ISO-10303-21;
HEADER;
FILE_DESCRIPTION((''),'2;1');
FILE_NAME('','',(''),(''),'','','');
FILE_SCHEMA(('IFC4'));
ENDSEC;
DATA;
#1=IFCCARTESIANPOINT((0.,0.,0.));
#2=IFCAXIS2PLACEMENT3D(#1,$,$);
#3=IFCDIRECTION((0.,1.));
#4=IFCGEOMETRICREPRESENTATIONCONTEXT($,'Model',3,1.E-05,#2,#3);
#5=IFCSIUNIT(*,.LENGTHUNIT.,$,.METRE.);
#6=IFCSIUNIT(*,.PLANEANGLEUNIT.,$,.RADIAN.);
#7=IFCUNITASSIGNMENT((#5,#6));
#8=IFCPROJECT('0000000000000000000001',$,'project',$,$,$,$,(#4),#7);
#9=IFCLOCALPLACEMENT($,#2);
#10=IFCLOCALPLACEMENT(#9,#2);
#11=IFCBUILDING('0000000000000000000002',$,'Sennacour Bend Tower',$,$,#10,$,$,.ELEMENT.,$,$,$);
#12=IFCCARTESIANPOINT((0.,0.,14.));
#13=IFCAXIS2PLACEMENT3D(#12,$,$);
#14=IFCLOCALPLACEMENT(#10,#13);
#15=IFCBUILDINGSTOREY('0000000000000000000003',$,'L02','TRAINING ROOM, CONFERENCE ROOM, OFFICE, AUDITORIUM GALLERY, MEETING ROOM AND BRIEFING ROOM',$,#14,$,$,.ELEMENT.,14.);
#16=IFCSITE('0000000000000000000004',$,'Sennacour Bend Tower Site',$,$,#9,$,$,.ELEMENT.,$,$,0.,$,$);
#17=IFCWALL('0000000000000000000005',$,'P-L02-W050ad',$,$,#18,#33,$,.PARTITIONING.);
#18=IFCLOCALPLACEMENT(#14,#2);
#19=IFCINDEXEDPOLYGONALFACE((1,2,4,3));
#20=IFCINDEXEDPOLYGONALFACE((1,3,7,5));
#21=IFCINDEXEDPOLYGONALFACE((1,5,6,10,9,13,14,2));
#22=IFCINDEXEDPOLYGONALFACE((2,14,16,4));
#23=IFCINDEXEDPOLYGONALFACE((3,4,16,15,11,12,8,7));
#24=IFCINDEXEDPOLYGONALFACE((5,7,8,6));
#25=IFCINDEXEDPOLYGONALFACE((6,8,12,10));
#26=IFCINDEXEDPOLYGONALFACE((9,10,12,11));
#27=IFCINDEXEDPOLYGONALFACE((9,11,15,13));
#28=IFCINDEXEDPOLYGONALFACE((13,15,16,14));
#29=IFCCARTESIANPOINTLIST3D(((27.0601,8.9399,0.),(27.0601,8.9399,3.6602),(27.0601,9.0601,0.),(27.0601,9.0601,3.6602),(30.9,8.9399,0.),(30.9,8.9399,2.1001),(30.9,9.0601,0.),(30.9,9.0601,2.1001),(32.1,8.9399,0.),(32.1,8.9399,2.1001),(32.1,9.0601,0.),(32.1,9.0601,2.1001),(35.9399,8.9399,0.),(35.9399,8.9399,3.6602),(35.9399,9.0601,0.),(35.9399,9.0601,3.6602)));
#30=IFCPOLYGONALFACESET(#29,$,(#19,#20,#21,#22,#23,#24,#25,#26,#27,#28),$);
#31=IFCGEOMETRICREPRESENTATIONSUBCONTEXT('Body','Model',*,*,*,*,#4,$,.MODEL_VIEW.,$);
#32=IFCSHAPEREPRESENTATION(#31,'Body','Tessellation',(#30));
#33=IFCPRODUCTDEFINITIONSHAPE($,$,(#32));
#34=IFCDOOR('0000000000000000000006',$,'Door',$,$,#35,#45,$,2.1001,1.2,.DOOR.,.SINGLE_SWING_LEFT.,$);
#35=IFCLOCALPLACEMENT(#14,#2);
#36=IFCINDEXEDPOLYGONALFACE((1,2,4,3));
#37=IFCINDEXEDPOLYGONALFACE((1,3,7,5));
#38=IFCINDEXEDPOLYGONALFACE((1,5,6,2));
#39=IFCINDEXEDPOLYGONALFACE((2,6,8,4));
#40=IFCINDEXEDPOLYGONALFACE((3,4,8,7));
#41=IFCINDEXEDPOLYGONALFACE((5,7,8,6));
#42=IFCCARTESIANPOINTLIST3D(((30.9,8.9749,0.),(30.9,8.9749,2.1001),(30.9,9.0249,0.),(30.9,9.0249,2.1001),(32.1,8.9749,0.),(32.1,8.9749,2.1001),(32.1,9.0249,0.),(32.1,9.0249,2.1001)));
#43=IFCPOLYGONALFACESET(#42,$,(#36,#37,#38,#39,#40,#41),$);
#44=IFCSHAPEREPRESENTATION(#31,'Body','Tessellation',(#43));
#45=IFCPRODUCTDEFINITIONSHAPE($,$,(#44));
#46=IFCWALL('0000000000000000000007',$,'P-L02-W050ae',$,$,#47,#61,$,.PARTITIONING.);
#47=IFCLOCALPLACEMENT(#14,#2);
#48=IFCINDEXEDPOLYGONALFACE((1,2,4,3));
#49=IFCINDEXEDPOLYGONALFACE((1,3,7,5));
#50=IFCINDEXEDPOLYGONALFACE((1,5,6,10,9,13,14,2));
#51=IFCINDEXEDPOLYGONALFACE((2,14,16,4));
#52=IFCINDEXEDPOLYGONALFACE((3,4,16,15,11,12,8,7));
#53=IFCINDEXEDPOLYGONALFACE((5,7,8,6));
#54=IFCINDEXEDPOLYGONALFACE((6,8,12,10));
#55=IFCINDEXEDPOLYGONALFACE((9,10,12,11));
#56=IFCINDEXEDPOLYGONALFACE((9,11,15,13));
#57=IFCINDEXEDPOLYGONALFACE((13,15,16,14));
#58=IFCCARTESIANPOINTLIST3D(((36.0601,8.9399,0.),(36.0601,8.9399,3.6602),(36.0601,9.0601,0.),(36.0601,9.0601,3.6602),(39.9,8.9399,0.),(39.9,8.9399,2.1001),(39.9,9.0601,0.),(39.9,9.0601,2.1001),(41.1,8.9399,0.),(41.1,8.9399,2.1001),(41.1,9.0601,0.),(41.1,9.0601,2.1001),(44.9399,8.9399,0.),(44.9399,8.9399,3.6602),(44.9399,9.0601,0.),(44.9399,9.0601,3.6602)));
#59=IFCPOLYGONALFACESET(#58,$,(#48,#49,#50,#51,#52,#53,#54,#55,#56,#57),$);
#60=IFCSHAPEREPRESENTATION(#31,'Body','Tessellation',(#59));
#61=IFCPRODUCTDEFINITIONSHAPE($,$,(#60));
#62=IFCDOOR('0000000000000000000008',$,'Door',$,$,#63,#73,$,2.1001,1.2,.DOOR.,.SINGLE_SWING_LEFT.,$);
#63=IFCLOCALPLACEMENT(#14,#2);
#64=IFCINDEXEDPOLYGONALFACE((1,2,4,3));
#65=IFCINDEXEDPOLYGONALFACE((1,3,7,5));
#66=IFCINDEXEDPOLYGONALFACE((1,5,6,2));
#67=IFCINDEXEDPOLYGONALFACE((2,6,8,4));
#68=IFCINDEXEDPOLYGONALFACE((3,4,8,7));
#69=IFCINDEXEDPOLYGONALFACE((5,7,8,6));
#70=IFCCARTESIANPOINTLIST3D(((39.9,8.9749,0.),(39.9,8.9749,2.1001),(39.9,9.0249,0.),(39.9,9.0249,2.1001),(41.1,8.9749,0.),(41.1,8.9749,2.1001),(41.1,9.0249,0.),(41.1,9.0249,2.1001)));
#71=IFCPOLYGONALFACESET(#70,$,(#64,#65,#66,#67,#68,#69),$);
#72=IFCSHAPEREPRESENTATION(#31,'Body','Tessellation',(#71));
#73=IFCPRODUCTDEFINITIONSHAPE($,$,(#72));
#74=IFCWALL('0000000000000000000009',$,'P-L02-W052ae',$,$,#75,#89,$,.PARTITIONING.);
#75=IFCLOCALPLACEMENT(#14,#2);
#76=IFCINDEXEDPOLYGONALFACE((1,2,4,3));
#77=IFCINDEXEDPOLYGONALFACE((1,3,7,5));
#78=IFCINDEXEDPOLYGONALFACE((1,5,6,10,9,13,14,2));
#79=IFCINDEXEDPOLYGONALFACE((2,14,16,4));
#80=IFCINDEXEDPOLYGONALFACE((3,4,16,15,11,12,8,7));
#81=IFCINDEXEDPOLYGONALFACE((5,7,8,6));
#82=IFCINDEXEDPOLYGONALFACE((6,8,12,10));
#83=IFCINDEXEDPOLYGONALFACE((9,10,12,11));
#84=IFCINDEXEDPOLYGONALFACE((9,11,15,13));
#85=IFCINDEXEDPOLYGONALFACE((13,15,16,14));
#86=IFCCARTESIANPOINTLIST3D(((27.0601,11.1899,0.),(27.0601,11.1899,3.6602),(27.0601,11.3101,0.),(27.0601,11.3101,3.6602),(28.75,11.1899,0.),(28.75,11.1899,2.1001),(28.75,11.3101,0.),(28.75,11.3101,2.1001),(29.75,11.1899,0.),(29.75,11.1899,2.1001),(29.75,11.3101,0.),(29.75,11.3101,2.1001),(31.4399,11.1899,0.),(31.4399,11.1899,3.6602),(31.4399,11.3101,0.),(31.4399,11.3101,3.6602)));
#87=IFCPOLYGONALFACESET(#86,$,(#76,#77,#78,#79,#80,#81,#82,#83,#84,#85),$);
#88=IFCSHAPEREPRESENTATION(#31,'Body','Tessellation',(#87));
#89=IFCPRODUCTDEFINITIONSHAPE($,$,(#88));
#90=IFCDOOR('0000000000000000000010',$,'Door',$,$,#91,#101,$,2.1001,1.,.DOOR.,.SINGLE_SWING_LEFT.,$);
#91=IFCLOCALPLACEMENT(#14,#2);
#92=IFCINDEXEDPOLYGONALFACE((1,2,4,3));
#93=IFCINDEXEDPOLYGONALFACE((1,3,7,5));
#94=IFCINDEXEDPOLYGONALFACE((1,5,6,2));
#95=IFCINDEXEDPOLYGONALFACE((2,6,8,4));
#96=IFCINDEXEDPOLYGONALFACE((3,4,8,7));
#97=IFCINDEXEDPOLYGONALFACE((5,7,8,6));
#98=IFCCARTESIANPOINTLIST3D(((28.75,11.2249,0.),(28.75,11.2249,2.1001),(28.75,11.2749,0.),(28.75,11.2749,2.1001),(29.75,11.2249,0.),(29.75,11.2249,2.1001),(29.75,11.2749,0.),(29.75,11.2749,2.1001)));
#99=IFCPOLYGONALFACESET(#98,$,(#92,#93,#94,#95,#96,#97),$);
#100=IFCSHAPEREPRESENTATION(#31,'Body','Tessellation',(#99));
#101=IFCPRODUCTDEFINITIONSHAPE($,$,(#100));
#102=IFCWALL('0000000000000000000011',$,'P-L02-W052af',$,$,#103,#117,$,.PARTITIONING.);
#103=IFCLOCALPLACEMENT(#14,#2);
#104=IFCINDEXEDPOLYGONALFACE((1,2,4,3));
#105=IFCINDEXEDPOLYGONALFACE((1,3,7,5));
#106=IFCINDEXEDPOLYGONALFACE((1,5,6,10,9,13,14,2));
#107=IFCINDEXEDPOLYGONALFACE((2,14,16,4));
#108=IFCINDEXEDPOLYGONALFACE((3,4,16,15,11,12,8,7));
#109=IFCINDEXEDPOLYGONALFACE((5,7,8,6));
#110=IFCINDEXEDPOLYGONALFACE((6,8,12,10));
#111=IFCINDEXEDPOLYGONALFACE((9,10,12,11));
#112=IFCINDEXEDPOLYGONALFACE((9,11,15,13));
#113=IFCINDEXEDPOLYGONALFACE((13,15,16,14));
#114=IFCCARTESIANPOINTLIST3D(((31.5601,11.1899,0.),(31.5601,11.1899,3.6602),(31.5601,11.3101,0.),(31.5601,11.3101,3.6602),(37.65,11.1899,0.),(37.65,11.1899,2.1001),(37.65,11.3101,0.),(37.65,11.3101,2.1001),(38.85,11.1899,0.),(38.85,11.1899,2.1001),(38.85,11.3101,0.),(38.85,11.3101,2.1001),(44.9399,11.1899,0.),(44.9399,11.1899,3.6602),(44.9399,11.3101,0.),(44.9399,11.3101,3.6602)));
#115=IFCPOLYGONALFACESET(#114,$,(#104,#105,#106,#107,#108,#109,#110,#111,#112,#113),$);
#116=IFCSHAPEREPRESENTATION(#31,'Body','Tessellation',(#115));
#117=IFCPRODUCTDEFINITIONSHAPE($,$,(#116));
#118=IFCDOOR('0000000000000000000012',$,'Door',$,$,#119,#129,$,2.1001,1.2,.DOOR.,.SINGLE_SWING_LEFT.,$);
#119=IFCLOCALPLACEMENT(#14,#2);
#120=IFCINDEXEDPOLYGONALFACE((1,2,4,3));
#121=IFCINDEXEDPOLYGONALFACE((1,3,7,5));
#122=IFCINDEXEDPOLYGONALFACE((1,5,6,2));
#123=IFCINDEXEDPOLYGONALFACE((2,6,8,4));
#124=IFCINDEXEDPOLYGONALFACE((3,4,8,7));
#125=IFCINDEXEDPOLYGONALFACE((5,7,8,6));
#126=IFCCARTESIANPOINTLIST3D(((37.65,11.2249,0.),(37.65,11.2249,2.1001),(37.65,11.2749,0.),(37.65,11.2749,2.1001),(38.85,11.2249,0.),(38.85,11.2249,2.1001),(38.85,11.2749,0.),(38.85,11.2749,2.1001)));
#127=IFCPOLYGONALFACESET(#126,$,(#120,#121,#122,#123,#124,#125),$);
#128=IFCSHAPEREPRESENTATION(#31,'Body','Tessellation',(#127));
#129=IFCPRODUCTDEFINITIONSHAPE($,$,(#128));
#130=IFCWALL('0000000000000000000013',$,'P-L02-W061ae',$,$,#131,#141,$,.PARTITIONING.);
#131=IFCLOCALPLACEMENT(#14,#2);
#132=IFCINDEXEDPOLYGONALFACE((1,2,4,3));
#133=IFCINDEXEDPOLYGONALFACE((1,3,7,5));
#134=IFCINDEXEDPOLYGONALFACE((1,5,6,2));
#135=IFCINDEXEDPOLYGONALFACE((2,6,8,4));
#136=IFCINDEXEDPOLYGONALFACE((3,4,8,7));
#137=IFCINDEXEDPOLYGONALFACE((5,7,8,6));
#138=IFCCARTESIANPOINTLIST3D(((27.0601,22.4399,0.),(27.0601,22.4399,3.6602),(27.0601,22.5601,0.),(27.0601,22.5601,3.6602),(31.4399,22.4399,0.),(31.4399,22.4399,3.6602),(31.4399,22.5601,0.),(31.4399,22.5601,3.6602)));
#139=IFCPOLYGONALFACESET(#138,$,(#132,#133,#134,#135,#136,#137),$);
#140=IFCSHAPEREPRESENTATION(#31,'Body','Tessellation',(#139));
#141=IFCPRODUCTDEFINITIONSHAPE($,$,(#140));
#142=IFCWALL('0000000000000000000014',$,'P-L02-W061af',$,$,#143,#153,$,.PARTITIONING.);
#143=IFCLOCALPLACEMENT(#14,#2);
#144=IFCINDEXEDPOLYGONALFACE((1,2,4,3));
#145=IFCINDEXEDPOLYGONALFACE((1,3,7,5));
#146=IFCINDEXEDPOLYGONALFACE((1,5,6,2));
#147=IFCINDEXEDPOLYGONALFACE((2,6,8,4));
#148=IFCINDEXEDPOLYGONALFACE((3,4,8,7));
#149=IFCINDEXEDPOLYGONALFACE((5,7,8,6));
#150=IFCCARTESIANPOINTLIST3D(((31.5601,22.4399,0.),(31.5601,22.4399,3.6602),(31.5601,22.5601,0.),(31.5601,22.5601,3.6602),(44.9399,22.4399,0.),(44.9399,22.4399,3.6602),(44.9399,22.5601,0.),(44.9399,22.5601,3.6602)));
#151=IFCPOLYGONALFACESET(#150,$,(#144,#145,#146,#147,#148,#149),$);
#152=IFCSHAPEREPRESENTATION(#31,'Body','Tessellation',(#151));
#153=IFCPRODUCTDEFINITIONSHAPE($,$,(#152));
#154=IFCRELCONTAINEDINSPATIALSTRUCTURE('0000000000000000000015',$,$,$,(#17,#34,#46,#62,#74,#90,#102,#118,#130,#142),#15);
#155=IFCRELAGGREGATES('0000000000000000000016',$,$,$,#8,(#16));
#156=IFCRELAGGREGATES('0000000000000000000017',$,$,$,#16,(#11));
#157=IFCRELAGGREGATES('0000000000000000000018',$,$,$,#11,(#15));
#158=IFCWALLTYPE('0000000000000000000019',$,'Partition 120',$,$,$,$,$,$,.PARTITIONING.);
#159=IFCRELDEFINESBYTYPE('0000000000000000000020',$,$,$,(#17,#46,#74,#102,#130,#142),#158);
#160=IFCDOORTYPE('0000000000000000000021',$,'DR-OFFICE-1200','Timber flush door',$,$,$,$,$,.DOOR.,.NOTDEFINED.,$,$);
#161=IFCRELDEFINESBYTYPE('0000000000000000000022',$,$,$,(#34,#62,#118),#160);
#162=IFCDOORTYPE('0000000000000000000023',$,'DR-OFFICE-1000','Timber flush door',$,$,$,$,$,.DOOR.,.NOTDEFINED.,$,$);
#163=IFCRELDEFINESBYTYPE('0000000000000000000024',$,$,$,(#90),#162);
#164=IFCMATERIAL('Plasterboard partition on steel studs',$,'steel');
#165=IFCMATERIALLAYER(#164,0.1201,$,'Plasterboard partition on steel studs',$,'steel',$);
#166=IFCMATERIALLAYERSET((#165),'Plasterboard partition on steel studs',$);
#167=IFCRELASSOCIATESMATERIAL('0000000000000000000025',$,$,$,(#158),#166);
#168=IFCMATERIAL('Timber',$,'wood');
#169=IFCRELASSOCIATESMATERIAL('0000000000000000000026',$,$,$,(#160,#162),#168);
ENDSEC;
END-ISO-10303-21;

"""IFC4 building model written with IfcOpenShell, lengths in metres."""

from ifc_helpers import new_model, si_unit, direction, frame, frame_2d, origin, place, context, subcontext, project, spatial, rectangle, extrude, material, layer, layer_set, type_object, element, fill, save


model = new_model("IFC4")

# Units and contexts
model_context = context("Model", 3, precision=1e-05, world=origin(), true_north=direction((0.0, 1.0)))
body_context = subcontext(model_context, "Body", "Model", "MODEL_VIEW")
ifc_project = project(units=[si_unit("LENGTHUNIT", "METRE"), si_unit("PLANEANGLEUNIT", "RADIAN")], contexts=[model_context])

# Site, building, storey
site_placement = place(None, origin())
site = spatial("IfcSite", under=ifc_project, at=site_placement, Name="Sennacour Bend Tower Site", CompositionType="ELEMENT", RefElevation=0.0)
building_placement = place(site_placement, origin())
building = spatial("IfcBuilding", under=site, at=building_placement, Name="Sennacour Bend Tower", CompositionType="ELEMENT")
storey_placement = place(building_placement, frame((0.0, 0.0, 14.0)))
storey = spatial("IfcBuildingStorey", under=building, at=storey_placement, Name="L02", Description="TRAINING ROOM, CONFERENCE ROOM, OFFICE, AUDITORIUM GALLERY, MEETING ROOM AND BRIEFING ROOM", CompositionType="ELEMENT", Elevation=14.0)

# Shared definitions
ifc_material_1 = material(Name="Plasterboard partition on steel studs", Category="steel")
ifc_layer = layer(ifc_material_1, 0.1201, Name="Plasterboard partition on steel studs", Category="steel")
ifc_layer_set = layer_set([ifc_layer], Name="Plasterboard partition on steel studs")
wall_type = type_object("IfcWallType", Name="Partition 120", PredefinedType="PARTITIONING", material=ifc_layer_set)

# Walls, openings, doors
wall_1_placement = place(storey_placement, frame((27.0601, 9.0, 0.0), z_axis=(0.0, 0.0, 1.0), x_axis=(1.0, 0.0, 0.0)))
wall_1 = element("IfcWall", 1, at=wall_1_placement, inside=storey, type_object=wall_type, Name="P-L02-W050ad", PredefinedType="PARTITIONING", context=body_context, shape_type="SweptSolid", body=[
    extrude(rectangle(XDim=8.8799, YDim=0.1201, at=frame_2d((4.4399, 0.0))), origin(), (0.0, 0.0, 1.0), 3.6602),
])
opening_1_placement = place(wall_1_placement, frame((3.8398, 0.0, 0.0)))
opening_1 = element("IfcOpeningElement", 2, at=opening_1_placement, cuts=wall_1, PredefinedType="OPENING", context=body_context, shape_type="SweptSolid", body=[
    extrude(rectangle(XDim=1.2, YDim=2.1001, at=frame_2d((0.6001, 1.05))), frame((0.0, 0.0701, 0.0), z_axis=(0.0, -1.0, 0.0), x_axis=(1.0, 0.0, 0.0)), (0.0, 0.0, 1.0), 0.1401),
])
ifc_material_2 = material(Name="Timber", Category="wood")
door_type_1 = type_object("IfcDoorType", Name="DR-OFFICE-1200", Description="Timber flush door", OperationType="NOTDEFINED", PredefinedType="DOOR", material=ifc_material_2)
door_1_placement = place(opening_1_placement, origin())
door_1 = element("IfcDoor", 3, at=door_1_placement, inside=storey, type_object=door_type_1, Name="Door", OperationType="SINGLE_SWING_LEFT", OverallHeight=2.1001, OverallWidth=1.2, PredefinedType="DOOR", context=body_context, shape_type="SweptSolid", body=[
    extrude(rectangle(XDim=1.2, YDim=2.1001, at=frame_2d((0.6001, 1.05))), frame((0.0, 0.0249, 0.0), z_axis=(0.0, -1.0, 0.0), x_axis=(1.0, 0.0, 0.0)), (0.0, 0.0, 1.0), 0.05),
])
fill(opening_1, door_1)
wall_2_placement = place(storey_placement, frame((36.0601, 9.0, 0.0), z_axis=(0.0, 0.0, 1.0), x_axis=(1.0, 0.0, 0.0)))
wall_2 = element("IfcWall", 4, at=wall_2_placement, inside=storey, type_object=wall_type, Name="P-L02-W050ae", PredefinedType="PARTITIONING", context=body_context, shape_type="SweptSolid", body=[
    extrude(rectangle(XDim=8.8799, YDim=0.1201, at=frame_2d((4.4399, 0.0))), origin(), (0.0, 0.0, 1.0), 3.6602),
])
opening_2_placement = place(wall_2_placement, frame((3.8398, 0.0, 0.0)))
opening_2 = element("IfcOpeningElement", 5, at=opening_2_placement, cuts=wall_2, PredefinedType="OPENING", context=body_context, shape_type="SweptSolid", body=[
    extrude(rectangle(XDim=1.2, YDim=2.1001, at=frame_2d((0.6001, 1.05))), frame((0.0, 0.0701, 0.0), z_axis=(0.0, -1.0, 0.0), x_axis=(1.0, 0.0, 0.0)), (0.0, 0.0, 1.0), 0.1401),
])
door_2_placement = place(opening_2_placement, origin())
door_2 = element("IfcDoor", 6, at=door_2_placement, inside=storey, type_object=door_type_1, Name="Door", OperationType="SINGLE_SWING_LEFT", OverallHeight=2.1001, OverallWidth=1.2, PredefinedType="DOOR", context=body_context, shape_type="SweptSolid", body=[
    extrude(rectangle(XDim=1.2, YDim=2.1001, at=frame_2d((0.6001, 1.05))), frame((0.0, 0.0249, 0.0), z_axis=(0.0, -1.0, 0.0), x_axis=(1.0, 0.0, 0.0)), (0.0, 0.0, 1.0), 0.05),
])
fill(opening_2, door_2)
wall_3_placement = place(storey_placement, frame((27.0601, 11.25, 0.0), z_axis=(0.0, 0.0, 1.0), x_axis=(1.0, 0.0, 0.0)))
wall_3 = element("IfcWall", 7, at=wall_3_placement, inside=storey, type_object=wall_type, Name="P-L02-W052ae", PredefinedType="PARTITIONING", context=body_context, shape_type="SweptSolid", body=[
    extrude(rectangle(XDim=4.3799, YDim=0.1201, at=frame_2d((2.1899, 0.0))), origin(), (0.0, 0.0, 1.0), 3.6602),
])
opening_3_placement = place(wall_3_placement, frame((1.6899, 0.0, 0.0)))
opening_3 = element("IfcOpeningElement", 8, at=opening_3_placement, cuts=wall_3, PredefinedType="OPENING", context=body_context, shape_type="SweptSolid", body=[
    extrude(rectangle(XDim=1.0, YDim=2.1001, at=frame_2d((0.5, 1.05))), frame((0.0, 0.0701, 0.0), z_axis=(0.0, -1.0, 0.0), x_axis=(1.0, 0.0, 0.0)), (0.0, 0.0, 1.0), 0.1401),
])
door_type_2 = type_object("IfcDoorType", Name="DR-OFFICE-1000", Description="Timber flush door", OperationType="NOTDEFINED", PredefinedType="DOOR", material=ifc_material_2)
door_3_placement = place(opening_3_placement, origin())
door_3 = element("IfcDoor", 9, at=door_3_placement, inside=storey, type_object=door_type_2, Name="Door", OperationType="SINGLE_SWING_LEFT", OverallHeight=2.1001, OverallWidth=1.0, PredefinedType="DOOR", context=body_context, shape_type="SweptSolid", body=[
    extrude(rectangle(XDim=1.0, YDim=2.1001, at=frame_2d((0.5, 1.05))), frame((0.0, 0.0249, 0.0), z_axis=(0.0, -1.0, 0.0), x_axis=(1.0, 0.0, 0.0)), (0.0, 0.0, 1.0), 0.05),
])
fill(opening_3, door_3)
wall_4_placement = place(storey_placement, frame((31.5601, 11.25, 0.0), z_axis=(0.0, 0.0, 1.0), x_axis=(1.0, 0.0, 0.0)))
wall_4 = element("IfcWall", 10, at=wall_4_placement, inside=storey, type_object=wall_type, Name="P-L02-W052af", PredefinedType="PARTITIONING", context=body_context, shape_type="SweptSolid", body=[
    extrude(rectangle(XDim=13.3799, YDim=0.1201, at=frame_2d((6.6899, 0.0))), origin(), (0.0, 0.0, 1.0), 3.6602),
])
opening_4_placement = place(wall_4_placement, frame((6.0898, 0.0, 0.0)))
opening_4 = element("IfcOpeningElement", 11, at=opening_4_placement, cuts=wall_4, PredefinedType="OPENING", context=body_context, shape_type="SweptSolid", body=[
    extrude(rectangle(XDim=1.2, YDim=2.1001, at=frame_2d((0.6001, 1.05))), frame((0.0, 0.0701, 0.0), z_axis=(0.0, -1.0, 0.0), x_axis=(1.0, 0.0, 0.0)), (0.0, 0.0, 1.0), 0.1401),
])
door_4_placement = place(opening_4_placement, origin())
door_4 = element("IfcDoor", 12, at=door_4_placement, inside=storey, type_object=door_type_1, Name="Door", OperationType="SINGLE_SWING_LEFT", OverallHeight=2.1001, OverallWidth=1.2, PredefinedType="DOOR", context=body_context, shape_type="SweptSolid", body=[
    extrude(rectangle(XDim=1.2, YDim=2.1001, at=frame_2d((0.6001, 1.05))), frame((0.0, 0.0249, 0.0), z_axis=(0.0, -1.0, 0.0), x_axis=(1.0, 0.0, 0.0)), (0.0, 0.0, 1.0), 0.05),
])
fill(opening_4, door_4)

# Walls
wall_5_placement = place(storey_placement, frame((27.0601, 22.5, 0.0), z_axis=(0.0, 0.0, 1.0), x_axis=(1.0, 0.0, 0.0)))
element("IfcWall", 13, at=wall_5_placement, inside=storey, type_object=wall_type, Name="P-L02-W061ae", PredefinedType="PARTITIONING", context=body_context, shape_type="SweptSolid", body=[
    extrude(rectangle(XDim=4.3799, YDim=0.1201, at=frame_2d((2.1899, 0.0))), origin(), (0.0, 0.0, 1.0), 3.6602),
])
wall_6_placement = place(storey_placement, frame((31.5601, 22.5, 0.0), z_axis=(0.0, 0.0, 1.0), x_axis=(1.0, 0.0, 0.0)))
element("IfcWall", 14, at=wall_6_placement, inside=storey, type_object=wall_type, Name="P-L02-W061af", PredefinedType="PARTITIONING", context=body_context, shape_type="SweptSolid", body=[
    extrude(rectangle(XDim=13.3799, YDim=0.1201, at=frame_2d((6.6899, 0.0))), origin(), (0.0, 0.0, 1.0), 3.6602),
])

save(model, "model.ifc")
